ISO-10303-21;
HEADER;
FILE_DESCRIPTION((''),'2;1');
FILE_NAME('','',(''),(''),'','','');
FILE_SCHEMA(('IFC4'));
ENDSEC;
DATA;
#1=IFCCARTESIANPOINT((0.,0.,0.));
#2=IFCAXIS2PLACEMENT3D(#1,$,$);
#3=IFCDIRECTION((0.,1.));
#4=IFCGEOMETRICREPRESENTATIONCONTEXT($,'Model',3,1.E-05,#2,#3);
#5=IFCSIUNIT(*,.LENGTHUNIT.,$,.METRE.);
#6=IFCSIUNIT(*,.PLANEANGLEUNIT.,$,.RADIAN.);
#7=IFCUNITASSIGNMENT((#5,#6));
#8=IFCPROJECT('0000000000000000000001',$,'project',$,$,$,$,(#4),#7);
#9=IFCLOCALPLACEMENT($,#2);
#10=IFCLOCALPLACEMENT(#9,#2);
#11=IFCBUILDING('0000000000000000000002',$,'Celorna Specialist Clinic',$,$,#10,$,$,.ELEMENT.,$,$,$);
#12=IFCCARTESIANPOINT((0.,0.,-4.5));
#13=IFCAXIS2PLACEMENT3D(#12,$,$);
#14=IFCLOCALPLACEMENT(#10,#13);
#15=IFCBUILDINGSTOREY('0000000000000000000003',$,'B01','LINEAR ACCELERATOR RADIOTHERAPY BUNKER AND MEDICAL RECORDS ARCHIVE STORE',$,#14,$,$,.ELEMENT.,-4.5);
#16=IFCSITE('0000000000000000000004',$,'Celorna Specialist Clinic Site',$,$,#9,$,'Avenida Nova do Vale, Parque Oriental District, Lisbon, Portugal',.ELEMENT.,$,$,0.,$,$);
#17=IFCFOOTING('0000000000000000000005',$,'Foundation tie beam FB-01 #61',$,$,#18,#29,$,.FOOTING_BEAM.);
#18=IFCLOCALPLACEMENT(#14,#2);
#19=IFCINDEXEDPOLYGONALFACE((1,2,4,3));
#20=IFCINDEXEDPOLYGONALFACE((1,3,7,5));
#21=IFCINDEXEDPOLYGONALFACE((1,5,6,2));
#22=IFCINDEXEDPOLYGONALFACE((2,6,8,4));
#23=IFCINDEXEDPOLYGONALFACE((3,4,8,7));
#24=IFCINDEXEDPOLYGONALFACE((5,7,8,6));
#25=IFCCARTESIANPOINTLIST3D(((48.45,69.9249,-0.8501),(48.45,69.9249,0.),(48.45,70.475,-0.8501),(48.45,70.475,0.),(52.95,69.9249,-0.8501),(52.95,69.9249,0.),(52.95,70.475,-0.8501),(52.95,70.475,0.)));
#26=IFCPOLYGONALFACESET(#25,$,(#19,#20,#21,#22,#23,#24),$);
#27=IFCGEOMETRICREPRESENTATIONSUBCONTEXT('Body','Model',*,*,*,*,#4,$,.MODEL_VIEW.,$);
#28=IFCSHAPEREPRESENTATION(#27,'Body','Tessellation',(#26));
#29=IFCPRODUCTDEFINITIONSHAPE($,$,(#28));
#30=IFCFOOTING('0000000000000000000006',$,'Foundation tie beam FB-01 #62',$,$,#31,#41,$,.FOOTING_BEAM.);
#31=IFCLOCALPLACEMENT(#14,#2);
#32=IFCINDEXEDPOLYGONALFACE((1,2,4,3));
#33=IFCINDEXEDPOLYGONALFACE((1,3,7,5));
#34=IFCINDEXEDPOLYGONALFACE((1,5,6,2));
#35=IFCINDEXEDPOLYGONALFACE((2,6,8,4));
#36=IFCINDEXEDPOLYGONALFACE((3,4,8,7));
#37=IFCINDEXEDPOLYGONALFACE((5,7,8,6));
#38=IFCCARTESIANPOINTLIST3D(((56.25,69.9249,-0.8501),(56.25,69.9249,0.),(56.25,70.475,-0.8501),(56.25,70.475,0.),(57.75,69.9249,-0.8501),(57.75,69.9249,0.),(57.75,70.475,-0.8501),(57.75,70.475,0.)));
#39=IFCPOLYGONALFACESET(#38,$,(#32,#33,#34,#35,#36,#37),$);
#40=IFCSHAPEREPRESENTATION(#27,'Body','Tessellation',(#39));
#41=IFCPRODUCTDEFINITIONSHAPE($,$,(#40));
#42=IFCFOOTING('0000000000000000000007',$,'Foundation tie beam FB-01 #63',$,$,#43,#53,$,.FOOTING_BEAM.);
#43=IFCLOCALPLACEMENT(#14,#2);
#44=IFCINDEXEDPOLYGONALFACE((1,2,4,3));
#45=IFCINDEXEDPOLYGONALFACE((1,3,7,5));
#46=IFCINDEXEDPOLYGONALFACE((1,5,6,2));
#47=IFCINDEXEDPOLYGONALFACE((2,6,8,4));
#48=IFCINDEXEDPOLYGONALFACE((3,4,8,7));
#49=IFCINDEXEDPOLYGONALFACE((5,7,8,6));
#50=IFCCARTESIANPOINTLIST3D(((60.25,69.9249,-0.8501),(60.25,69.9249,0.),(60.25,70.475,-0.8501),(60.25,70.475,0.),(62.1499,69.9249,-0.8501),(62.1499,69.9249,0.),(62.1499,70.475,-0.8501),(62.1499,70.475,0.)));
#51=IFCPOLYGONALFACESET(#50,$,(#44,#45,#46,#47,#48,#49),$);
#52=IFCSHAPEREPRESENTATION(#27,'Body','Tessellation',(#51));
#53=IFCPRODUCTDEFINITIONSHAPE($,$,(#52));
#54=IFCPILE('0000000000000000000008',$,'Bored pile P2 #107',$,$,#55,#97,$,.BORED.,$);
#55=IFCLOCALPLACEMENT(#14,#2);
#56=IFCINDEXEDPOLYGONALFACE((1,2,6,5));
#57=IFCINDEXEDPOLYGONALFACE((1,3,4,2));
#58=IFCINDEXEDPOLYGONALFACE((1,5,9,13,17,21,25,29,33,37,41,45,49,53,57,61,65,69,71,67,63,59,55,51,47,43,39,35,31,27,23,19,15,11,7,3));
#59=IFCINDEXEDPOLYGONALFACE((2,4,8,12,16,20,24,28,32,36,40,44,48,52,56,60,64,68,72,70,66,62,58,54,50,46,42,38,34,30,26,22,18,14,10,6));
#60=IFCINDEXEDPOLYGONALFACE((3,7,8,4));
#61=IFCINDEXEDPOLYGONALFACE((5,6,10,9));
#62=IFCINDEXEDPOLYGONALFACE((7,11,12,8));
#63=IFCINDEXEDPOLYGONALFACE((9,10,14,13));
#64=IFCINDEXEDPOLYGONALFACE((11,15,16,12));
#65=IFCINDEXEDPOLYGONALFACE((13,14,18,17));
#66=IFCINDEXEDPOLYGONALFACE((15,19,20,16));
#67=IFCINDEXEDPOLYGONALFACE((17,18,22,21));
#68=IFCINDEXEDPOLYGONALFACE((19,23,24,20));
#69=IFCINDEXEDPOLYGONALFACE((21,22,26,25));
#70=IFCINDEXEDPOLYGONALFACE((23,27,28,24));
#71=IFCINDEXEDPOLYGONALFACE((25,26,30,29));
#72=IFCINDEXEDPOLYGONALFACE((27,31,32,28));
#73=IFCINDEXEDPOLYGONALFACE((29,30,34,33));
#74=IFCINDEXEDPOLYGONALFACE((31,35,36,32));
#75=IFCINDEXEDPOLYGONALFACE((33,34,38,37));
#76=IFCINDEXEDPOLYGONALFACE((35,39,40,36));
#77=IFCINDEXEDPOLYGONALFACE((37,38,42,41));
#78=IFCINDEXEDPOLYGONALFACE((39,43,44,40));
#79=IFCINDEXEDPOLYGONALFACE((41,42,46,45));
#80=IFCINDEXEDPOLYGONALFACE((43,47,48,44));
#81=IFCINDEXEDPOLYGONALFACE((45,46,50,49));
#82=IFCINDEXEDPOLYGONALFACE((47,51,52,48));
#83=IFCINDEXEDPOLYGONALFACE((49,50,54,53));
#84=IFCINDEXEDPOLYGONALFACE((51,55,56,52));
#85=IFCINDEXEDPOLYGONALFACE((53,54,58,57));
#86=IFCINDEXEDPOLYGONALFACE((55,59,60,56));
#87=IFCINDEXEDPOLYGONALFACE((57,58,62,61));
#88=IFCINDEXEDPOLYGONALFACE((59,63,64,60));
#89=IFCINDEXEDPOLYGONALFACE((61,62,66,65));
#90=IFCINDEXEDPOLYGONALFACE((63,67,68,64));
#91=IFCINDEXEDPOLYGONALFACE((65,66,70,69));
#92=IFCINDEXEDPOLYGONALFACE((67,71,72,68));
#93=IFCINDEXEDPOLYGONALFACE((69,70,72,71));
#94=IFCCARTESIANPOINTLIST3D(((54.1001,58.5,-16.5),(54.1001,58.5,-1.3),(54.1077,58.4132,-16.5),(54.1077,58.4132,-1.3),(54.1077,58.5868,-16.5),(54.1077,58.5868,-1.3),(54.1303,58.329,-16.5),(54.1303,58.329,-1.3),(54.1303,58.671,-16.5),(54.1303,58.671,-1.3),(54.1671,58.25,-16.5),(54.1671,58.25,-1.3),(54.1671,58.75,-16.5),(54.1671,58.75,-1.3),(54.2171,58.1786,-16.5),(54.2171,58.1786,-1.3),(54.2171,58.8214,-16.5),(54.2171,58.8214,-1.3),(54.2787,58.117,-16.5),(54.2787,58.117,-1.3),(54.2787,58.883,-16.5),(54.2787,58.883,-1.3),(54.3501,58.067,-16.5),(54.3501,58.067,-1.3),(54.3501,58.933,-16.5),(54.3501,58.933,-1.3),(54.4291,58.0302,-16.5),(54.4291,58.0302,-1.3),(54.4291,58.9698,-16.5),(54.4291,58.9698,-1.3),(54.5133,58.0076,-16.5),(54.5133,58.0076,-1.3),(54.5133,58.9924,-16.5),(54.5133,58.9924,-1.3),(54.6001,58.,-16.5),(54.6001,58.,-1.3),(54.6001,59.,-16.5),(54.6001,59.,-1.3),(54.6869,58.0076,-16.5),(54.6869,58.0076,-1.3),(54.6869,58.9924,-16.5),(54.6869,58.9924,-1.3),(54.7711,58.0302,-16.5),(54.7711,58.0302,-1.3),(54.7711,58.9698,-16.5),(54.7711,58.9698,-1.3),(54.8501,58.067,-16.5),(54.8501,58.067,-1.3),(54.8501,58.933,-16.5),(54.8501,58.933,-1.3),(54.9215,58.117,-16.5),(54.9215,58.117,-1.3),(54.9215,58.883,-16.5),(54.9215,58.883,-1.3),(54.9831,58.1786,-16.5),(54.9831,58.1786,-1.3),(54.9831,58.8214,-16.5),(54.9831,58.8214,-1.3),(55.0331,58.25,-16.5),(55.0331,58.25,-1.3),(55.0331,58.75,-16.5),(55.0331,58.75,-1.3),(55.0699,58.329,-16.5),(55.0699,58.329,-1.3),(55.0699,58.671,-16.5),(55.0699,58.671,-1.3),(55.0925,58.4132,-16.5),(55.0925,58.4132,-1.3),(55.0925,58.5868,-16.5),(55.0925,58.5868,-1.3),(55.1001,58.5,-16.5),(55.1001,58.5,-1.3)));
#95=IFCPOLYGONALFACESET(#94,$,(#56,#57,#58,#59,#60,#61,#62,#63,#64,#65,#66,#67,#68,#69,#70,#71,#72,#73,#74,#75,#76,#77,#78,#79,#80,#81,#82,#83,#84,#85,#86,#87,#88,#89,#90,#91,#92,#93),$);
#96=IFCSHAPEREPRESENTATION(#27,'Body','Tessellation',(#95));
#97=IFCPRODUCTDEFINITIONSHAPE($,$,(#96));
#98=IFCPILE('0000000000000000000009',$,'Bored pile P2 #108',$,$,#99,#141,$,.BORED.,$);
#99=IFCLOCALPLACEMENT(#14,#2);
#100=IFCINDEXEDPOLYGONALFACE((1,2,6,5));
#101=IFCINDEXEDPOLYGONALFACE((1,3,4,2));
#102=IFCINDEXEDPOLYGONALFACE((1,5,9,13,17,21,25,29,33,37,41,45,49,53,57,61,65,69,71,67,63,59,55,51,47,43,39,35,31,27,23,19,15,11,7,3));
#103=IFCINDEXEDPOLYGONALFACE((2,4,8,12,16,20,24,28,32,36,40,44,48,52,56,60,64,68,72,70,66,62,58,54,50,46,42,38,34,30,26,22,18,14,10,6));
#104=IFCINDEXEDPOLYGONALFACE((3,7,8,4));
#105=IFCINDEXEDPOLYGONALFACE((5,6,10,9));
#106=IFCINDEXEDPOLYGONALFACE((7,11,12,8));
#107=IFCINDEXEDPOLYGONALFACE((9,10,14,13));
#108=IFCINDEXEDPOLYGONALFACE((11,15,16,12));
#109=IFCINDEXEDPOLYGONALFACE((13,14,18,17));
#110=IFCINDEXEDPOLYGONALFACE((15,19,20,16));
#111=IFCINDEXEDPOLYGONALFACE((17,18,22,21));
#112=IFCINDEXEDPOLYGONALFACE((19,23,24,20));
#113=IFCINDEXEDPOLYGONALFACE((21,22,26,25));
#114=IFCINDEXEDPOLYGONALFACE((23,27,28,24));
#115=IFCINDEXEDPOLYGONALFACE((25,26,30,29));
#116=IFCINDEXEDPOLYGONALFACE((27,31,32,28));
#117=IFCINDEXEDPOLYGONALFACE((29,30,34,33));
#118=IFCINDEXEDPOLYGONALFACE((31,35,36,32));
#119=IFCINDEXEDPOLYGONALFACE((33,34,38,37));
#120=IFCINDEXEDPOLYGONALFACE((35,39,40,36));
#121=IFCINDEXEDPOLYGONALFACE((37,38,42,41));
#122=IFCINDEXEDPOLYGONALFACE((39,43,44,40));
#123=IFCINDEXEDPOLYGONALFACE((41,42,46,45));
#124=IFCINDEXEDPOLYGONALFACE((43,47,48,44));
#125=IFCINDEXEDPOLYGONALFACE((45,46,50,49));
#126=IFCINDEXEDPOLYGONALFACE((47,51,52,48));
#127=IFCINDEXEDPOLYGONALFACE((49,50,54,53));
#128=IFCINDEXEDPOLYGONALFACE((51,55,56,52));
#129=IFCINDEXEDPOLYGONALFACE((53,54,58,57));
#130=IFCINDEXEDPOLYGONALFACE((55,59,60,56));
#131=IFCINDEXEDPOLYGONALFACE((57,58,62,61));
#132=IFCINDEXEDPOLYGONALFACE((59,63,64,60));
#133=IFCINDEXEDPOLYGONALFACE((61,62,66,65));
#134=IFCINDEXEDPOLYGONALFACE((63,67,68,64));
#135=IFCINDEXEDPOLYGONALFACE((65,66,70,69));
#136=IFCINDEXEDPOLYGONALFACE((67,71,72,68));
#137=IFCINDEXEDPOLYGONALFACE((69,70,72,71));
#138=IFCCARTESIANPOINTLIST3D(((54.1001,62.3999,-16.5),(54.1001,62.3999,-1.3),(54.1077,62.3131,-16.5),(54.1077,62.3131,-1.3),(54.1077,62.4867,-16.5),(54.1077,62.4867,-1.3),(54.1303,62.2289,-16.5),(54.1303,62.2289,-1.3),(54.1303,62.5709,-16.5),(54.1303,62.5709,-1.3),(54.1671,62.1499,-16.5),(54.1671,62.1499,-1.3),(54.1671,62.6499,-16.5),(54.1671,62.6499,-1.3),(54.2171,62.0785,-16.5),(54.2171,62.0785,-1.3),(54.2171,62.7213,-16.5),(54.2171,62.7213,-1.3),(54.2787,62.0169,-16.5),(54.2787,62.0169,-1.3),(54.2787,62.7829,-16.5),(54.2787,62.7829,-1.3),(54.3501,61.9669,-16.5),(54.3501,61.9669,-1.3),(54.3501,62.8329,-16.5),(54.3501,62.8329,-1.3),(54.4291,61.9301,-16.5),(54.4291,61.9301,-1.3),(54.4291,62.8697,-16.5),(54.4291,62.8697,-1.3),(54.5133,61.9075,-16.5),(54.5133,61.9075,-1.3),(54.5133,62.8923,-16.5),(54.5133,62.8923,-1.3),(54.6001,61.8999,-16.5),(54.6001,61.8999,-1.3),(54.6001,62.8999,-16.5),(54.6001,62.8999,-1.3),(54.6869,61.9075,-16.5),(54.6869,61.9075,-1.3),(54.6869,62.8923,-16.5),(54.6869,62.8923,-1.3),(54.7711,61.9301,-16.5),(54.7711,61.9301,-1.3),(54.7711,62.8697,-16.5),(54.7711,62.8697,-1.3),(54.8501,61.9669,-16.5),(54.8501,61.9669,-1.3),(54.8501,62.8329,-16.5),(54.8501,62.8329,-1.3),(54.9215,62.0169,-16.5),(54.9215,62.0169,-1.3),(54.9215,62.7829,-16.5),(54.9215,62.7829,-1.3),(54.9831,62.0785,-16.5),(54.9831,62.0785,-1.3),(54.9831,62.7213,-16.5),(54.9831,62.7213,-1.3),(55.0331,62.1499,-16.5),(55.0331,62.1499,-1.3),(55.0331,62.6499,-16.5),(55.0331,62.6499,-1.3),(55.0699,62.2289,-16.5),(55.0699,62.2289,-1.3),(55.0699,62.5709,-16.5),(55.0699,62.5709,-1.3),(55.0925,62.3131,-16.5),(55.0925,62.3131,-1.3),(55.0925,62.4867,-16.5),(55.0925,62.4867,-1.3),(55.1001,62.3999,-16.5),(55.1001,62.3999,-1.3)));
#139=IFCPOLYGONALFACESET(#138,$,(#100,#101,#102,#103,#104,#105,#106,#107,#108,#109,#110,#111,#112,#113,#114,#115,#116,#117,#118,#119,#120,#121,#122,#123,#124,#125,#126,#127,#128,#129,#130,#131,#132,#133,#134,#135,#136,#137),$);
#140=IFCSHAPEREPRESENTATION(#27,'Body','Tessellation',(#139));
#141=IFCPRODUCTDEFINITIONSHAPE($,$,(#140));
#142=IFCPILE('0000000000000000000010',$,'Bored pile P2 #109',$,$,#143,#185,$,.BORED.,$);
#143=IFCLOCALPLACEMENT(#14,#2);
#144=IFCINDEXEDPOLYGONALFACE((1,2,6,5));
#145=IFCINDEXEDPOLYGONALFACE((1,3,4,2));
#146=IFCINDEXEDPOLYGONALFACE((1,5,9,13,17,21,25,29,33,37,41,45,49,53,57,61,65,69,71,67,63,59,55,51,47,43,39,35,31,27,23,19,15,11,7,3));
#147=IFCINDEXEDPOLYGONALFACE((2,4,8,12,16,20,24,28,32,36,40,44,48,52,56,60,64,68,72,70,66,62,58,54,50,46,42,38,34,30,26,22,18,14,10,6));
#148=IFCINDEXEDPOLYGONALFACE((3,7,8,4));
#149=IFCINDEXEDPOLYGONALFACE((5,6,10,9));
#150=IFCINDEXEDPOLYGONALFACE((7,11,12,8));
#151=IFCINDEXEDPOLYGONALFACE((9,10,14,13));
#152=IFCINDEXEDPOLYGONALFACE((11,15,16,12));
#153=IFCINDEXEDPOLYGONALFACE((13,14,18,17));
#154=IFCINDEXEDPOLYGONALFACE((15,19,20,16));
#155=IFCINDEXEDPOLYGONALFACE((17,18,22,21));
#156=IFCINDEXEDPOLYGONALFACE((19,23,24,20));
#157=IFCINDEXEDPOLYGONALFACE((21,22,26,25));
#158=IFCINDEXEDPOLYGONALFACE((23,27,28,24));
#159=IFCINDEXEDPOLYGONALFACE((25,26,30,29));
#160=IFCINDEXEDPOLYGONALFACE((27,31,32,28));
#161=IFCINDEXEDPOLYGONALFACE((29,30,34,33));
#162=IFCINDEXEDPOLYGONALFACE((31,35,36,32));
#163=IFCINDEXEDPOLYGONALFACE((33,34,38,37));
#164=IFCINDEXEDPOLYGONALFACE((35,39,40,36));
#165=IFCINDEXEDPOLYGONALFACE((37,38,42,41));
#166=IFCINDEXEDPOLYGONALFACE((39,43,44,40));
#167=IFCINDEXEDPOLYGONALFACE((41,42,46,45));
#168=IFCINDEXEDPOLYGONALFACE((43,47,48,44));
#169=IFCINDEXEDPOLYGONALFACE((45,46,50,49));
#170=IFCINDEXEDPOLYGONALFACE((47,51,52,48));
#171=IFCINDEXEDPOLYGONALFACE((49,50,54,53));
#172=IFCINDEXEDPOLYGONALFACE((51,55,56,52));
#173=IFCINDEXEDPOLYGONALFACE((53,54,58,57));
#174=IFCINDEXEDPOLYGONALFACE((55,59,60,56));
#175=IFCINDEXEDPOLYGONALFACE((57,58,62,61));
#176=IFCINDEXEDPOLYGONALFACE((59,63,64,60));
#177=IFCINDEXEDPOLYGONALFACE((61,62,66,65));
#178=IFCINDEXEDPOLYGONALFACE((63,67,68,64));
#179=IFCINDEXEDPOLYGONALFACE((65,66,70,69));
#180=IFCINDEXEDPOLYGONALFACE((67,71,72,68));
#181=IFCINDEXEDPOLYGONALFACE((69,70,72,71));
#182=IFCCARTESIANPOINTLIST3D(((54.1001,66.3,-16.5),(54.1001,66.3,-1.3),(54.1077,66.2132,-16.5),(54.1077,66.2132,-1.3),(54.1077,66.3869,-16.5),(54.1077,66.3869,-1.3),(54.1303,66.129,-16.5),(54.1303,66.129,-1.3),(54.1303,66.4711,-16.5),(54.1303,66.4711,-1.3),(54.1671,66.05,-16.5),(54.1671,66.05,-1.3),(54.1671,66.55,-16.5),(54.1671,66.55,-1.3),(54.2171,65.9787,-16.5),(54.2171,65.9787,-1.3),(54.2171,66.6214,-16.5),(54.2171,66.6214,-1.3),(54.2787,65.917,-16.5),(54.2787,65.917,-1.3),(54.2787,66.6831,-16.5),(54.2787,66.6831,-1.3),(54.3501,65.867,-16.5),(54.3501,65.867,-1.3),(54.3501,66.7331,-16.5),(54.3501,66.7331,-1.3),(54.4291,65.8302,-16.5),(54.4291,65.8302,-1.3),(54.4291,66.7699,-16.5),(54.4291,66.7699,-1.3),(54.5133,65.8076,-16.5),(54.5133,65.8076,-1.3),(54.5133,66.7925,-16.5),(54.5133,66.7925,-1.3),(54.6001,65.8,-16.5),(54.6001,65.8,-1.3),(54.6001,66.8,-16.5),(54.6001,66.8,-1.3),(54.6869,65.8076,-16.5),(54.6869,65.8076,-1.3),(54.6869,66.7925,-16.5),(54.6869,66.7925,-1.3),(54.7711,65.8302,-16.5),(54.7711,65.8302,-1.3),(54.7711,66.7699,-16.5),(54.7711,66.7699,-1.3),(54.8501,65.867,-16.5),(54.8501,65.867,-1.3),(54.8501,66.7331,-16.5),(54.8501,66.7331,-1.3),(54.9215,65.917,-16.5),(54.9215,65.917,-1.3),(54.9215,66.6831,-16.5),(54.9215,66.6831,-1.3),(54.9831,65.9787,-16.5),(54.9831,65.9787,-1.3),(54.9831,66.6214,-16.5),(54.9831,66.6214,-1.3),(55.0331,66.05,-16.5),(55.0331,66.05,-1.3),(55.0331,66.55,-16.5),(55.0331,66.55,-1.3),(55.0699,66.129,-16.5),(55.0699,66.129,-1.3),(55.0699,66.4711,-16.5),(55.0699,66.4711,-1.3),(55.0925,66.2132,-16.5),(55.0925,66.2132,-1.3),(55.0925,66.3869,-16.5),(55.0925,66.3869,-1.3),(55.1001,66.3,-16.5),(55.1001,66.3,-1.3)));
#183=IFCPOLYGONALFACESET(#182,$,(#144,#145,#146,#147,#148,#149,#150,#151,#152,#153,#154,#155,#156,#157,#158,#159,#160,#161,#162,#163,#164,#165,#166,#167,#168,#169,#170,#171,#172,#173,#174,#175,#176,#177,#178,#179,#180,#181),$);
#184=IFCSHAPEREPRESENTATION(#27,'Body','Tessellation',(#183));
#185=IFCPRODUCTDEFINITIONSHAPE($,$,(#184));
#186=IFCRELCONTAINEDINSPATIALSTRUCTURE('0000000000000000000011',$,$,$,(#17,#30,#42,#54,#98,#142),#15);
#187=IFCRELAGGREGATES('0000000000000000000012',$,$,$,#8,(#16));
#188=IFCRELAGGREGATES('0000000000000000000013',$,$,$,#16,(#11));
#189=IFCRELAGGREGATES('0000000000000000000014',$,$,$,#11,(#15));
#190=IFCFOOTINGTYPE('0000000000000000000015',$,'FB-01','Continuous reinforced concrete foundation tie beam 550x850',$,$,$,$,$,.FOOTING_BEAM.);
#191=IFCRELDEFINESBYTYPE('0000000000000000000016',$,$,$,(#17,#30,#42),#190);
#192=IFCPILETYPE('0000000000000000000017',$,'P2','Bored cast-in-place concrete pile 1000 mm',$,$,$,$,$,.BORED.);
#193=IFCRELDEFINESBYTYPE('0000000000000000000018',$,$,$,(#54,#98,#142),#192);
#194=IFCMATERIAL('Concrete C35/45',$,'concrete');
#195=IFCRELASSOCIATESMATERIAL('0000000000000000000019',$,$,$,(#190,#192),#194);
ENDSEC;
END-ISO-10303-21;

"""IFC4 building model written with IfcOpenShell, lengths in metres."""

from ifc_helpers import new_model, si_unit, direction, frame, origin, origin_2d, place, context, subcontext, project, spatial, rectangle, circle, extrude, material, material_profile, profile_set, type_object, element, save


model = new_model("IFC4")

# Units and contexts
model_context = context("Model", 3, precision=1e-05, world=origin(), true_north=direction((0.0, 1.0)))
body_context = subcontext(model_context, "Body", "Model", "MODEL_VIEW")
ifc_project = project(units=[si_unit("LENGTHUNIT", "METRE"), si_unit("PLANEANGLEUNIT", "RADIAN")], contexts=[model_context])

# Site, building, storey
site_placement = place(None, origin())
site = spatial("IfcSite", under=ifc_project, at=site_placement, Name="Celorna Specialist Clinic Site", LongName="Avenida Nova do Vale, Parque Oriental District, Lisbon, Portugal", CompositionType="ELEMENT", RefElevation=0.0)
building_placement = place(site_placement, origin())
building = spatial("IfcBuilding", under=site, at=building_placement, Name="Celorna Specialist Clinic", CompositionType="ELEMENT")
storey_placement = place(building_placement, frame((0.0, 0.0, -4.5)))
storey = spatial("IfcBuildingStorey", under=building, at=storey_placement, Name="B01", Description="LINEAR ACCELERATOR RADIOTHERAPY BUNKER AND MEDICAL RECORDS ARCHIVE STORE", CompositionType="ELEMENT", Elevation=-4.5)

# Footings
ifc_material_1 = material(Name="Concrete C35/45", Category="concrete")
footing_type_1 = type_object("IfcFootingType", Name="FB-01", Description="Continuous reinforced concrete foundation tie beam 550x850", PredefinedType="FOOTING_BEAM", material=ifc_material_1)
footing_1_placement = place(storey_placement, frame((50.7, 70.2, -0.8501), z_axis=(0.0, 0.0, 1.0), x_axis=(1.0, 0.0, 0.0)))
element("IfcFooting", 1, at=footing_1_placement, inside=storey, type_object=footing_type_1, Name="Foundation tie beam FB-01 #61", PredefinedType="FOOTING_BEAM", context=body_context, shape_type="SweptSolid", body=[
    extrude(rectangle(XDim=4.5, YDim=0.55, at=origin_2d()), origin(), (0.0, 0.0, 1.0), 0.8501),
])
footing_2_placement = place(storey_placement, frame((57.0, 70.2, -0.8501), z_axis=(0.0, 0.0, 1.0), x_axis=(1.0, 0.0, 0.0)))
element("IfcFooting", 2, at=footing_2_placement, inside=storey, type_object=footing_type_1, Name="Foundation tie beam FB-01 #62", PredefinedType="FOOTING_BEAM", context=body_context, shape_type="SweptSolid", body=[
    extrude(rectangle(XDim=1.5, YDim=0.55, at=origin_2d()), origin(), (0.0, 0.0, 1.0), 0.8501),
])
footing_3_placement = place(storey_placement, frame((61.2, 70.2, -0.8501), z_axis=(0.0, 0.0, 1.0), x_axis=(1.0, 0.0, 0.0)))
element("IfcFooting", 3, at=footing_3_placement, inside=storey, type_object=footing_type_1, Name="Foundation tie beam FB-01 #63", PredefinedType="FOOTING_BEAM", context=body_context, shape_type="SweptSolid", body=[
    extrude(rectangle(XDim=1.8999, YDim=0.55, at=origin_2d()), origin(), (0.0, 0.0, 1.0), 0.8501),
])

# Piles
ifc_material_profile_1 = material_profile(ifc_material_1, circle(Radius=0.5, at=origin_2d()), Name="BORED PILE 1000")
ifc_profile_set_1 = profile_set([ifc_material_profile_1], Name="Concrete C35/45")
pile_type_1 = type_object("IfcPileType", Name="P2", Description="Bored cast-in-place concrete pile 1000 mm", PredefinedType="BORED", material=ifc_profile_set_1)
for number, where, z_axis, x_axis, name in (
    (4, (54.6001, 58.5, -1.3), (0.0, 0.0, -1.0), (1.0, 0.0, 0.0), "Bored pile P2 #107"),
    (5, (54.6001, 62.3999, -1.3), (0.0, 0.0, -1.0), (1.0, 0.0, 0.0), "Bored pile P2 #108"),
    (6, (54.6001, 66.3, -1.3), (0.0, 0.0, -1.0), (1.0, 0.0, 0.0), "Bored pile P2 #109"),
):
    element("IfcPile", number, at=place(storey_placement, frame(where, z_axis=z_axis, x_axis=x_axis)), inside=storey, type_object=pile_type_1, Name=name, PredefinedType="BORED", context=body_context, shape_type="SweptSolid", body=[
        extrude(circle(Radius=0.5, at=origin_2d()), origin(), (0.0, 0.0, 1.0), 15.2),
    ])

save(model, "model.ifc")
